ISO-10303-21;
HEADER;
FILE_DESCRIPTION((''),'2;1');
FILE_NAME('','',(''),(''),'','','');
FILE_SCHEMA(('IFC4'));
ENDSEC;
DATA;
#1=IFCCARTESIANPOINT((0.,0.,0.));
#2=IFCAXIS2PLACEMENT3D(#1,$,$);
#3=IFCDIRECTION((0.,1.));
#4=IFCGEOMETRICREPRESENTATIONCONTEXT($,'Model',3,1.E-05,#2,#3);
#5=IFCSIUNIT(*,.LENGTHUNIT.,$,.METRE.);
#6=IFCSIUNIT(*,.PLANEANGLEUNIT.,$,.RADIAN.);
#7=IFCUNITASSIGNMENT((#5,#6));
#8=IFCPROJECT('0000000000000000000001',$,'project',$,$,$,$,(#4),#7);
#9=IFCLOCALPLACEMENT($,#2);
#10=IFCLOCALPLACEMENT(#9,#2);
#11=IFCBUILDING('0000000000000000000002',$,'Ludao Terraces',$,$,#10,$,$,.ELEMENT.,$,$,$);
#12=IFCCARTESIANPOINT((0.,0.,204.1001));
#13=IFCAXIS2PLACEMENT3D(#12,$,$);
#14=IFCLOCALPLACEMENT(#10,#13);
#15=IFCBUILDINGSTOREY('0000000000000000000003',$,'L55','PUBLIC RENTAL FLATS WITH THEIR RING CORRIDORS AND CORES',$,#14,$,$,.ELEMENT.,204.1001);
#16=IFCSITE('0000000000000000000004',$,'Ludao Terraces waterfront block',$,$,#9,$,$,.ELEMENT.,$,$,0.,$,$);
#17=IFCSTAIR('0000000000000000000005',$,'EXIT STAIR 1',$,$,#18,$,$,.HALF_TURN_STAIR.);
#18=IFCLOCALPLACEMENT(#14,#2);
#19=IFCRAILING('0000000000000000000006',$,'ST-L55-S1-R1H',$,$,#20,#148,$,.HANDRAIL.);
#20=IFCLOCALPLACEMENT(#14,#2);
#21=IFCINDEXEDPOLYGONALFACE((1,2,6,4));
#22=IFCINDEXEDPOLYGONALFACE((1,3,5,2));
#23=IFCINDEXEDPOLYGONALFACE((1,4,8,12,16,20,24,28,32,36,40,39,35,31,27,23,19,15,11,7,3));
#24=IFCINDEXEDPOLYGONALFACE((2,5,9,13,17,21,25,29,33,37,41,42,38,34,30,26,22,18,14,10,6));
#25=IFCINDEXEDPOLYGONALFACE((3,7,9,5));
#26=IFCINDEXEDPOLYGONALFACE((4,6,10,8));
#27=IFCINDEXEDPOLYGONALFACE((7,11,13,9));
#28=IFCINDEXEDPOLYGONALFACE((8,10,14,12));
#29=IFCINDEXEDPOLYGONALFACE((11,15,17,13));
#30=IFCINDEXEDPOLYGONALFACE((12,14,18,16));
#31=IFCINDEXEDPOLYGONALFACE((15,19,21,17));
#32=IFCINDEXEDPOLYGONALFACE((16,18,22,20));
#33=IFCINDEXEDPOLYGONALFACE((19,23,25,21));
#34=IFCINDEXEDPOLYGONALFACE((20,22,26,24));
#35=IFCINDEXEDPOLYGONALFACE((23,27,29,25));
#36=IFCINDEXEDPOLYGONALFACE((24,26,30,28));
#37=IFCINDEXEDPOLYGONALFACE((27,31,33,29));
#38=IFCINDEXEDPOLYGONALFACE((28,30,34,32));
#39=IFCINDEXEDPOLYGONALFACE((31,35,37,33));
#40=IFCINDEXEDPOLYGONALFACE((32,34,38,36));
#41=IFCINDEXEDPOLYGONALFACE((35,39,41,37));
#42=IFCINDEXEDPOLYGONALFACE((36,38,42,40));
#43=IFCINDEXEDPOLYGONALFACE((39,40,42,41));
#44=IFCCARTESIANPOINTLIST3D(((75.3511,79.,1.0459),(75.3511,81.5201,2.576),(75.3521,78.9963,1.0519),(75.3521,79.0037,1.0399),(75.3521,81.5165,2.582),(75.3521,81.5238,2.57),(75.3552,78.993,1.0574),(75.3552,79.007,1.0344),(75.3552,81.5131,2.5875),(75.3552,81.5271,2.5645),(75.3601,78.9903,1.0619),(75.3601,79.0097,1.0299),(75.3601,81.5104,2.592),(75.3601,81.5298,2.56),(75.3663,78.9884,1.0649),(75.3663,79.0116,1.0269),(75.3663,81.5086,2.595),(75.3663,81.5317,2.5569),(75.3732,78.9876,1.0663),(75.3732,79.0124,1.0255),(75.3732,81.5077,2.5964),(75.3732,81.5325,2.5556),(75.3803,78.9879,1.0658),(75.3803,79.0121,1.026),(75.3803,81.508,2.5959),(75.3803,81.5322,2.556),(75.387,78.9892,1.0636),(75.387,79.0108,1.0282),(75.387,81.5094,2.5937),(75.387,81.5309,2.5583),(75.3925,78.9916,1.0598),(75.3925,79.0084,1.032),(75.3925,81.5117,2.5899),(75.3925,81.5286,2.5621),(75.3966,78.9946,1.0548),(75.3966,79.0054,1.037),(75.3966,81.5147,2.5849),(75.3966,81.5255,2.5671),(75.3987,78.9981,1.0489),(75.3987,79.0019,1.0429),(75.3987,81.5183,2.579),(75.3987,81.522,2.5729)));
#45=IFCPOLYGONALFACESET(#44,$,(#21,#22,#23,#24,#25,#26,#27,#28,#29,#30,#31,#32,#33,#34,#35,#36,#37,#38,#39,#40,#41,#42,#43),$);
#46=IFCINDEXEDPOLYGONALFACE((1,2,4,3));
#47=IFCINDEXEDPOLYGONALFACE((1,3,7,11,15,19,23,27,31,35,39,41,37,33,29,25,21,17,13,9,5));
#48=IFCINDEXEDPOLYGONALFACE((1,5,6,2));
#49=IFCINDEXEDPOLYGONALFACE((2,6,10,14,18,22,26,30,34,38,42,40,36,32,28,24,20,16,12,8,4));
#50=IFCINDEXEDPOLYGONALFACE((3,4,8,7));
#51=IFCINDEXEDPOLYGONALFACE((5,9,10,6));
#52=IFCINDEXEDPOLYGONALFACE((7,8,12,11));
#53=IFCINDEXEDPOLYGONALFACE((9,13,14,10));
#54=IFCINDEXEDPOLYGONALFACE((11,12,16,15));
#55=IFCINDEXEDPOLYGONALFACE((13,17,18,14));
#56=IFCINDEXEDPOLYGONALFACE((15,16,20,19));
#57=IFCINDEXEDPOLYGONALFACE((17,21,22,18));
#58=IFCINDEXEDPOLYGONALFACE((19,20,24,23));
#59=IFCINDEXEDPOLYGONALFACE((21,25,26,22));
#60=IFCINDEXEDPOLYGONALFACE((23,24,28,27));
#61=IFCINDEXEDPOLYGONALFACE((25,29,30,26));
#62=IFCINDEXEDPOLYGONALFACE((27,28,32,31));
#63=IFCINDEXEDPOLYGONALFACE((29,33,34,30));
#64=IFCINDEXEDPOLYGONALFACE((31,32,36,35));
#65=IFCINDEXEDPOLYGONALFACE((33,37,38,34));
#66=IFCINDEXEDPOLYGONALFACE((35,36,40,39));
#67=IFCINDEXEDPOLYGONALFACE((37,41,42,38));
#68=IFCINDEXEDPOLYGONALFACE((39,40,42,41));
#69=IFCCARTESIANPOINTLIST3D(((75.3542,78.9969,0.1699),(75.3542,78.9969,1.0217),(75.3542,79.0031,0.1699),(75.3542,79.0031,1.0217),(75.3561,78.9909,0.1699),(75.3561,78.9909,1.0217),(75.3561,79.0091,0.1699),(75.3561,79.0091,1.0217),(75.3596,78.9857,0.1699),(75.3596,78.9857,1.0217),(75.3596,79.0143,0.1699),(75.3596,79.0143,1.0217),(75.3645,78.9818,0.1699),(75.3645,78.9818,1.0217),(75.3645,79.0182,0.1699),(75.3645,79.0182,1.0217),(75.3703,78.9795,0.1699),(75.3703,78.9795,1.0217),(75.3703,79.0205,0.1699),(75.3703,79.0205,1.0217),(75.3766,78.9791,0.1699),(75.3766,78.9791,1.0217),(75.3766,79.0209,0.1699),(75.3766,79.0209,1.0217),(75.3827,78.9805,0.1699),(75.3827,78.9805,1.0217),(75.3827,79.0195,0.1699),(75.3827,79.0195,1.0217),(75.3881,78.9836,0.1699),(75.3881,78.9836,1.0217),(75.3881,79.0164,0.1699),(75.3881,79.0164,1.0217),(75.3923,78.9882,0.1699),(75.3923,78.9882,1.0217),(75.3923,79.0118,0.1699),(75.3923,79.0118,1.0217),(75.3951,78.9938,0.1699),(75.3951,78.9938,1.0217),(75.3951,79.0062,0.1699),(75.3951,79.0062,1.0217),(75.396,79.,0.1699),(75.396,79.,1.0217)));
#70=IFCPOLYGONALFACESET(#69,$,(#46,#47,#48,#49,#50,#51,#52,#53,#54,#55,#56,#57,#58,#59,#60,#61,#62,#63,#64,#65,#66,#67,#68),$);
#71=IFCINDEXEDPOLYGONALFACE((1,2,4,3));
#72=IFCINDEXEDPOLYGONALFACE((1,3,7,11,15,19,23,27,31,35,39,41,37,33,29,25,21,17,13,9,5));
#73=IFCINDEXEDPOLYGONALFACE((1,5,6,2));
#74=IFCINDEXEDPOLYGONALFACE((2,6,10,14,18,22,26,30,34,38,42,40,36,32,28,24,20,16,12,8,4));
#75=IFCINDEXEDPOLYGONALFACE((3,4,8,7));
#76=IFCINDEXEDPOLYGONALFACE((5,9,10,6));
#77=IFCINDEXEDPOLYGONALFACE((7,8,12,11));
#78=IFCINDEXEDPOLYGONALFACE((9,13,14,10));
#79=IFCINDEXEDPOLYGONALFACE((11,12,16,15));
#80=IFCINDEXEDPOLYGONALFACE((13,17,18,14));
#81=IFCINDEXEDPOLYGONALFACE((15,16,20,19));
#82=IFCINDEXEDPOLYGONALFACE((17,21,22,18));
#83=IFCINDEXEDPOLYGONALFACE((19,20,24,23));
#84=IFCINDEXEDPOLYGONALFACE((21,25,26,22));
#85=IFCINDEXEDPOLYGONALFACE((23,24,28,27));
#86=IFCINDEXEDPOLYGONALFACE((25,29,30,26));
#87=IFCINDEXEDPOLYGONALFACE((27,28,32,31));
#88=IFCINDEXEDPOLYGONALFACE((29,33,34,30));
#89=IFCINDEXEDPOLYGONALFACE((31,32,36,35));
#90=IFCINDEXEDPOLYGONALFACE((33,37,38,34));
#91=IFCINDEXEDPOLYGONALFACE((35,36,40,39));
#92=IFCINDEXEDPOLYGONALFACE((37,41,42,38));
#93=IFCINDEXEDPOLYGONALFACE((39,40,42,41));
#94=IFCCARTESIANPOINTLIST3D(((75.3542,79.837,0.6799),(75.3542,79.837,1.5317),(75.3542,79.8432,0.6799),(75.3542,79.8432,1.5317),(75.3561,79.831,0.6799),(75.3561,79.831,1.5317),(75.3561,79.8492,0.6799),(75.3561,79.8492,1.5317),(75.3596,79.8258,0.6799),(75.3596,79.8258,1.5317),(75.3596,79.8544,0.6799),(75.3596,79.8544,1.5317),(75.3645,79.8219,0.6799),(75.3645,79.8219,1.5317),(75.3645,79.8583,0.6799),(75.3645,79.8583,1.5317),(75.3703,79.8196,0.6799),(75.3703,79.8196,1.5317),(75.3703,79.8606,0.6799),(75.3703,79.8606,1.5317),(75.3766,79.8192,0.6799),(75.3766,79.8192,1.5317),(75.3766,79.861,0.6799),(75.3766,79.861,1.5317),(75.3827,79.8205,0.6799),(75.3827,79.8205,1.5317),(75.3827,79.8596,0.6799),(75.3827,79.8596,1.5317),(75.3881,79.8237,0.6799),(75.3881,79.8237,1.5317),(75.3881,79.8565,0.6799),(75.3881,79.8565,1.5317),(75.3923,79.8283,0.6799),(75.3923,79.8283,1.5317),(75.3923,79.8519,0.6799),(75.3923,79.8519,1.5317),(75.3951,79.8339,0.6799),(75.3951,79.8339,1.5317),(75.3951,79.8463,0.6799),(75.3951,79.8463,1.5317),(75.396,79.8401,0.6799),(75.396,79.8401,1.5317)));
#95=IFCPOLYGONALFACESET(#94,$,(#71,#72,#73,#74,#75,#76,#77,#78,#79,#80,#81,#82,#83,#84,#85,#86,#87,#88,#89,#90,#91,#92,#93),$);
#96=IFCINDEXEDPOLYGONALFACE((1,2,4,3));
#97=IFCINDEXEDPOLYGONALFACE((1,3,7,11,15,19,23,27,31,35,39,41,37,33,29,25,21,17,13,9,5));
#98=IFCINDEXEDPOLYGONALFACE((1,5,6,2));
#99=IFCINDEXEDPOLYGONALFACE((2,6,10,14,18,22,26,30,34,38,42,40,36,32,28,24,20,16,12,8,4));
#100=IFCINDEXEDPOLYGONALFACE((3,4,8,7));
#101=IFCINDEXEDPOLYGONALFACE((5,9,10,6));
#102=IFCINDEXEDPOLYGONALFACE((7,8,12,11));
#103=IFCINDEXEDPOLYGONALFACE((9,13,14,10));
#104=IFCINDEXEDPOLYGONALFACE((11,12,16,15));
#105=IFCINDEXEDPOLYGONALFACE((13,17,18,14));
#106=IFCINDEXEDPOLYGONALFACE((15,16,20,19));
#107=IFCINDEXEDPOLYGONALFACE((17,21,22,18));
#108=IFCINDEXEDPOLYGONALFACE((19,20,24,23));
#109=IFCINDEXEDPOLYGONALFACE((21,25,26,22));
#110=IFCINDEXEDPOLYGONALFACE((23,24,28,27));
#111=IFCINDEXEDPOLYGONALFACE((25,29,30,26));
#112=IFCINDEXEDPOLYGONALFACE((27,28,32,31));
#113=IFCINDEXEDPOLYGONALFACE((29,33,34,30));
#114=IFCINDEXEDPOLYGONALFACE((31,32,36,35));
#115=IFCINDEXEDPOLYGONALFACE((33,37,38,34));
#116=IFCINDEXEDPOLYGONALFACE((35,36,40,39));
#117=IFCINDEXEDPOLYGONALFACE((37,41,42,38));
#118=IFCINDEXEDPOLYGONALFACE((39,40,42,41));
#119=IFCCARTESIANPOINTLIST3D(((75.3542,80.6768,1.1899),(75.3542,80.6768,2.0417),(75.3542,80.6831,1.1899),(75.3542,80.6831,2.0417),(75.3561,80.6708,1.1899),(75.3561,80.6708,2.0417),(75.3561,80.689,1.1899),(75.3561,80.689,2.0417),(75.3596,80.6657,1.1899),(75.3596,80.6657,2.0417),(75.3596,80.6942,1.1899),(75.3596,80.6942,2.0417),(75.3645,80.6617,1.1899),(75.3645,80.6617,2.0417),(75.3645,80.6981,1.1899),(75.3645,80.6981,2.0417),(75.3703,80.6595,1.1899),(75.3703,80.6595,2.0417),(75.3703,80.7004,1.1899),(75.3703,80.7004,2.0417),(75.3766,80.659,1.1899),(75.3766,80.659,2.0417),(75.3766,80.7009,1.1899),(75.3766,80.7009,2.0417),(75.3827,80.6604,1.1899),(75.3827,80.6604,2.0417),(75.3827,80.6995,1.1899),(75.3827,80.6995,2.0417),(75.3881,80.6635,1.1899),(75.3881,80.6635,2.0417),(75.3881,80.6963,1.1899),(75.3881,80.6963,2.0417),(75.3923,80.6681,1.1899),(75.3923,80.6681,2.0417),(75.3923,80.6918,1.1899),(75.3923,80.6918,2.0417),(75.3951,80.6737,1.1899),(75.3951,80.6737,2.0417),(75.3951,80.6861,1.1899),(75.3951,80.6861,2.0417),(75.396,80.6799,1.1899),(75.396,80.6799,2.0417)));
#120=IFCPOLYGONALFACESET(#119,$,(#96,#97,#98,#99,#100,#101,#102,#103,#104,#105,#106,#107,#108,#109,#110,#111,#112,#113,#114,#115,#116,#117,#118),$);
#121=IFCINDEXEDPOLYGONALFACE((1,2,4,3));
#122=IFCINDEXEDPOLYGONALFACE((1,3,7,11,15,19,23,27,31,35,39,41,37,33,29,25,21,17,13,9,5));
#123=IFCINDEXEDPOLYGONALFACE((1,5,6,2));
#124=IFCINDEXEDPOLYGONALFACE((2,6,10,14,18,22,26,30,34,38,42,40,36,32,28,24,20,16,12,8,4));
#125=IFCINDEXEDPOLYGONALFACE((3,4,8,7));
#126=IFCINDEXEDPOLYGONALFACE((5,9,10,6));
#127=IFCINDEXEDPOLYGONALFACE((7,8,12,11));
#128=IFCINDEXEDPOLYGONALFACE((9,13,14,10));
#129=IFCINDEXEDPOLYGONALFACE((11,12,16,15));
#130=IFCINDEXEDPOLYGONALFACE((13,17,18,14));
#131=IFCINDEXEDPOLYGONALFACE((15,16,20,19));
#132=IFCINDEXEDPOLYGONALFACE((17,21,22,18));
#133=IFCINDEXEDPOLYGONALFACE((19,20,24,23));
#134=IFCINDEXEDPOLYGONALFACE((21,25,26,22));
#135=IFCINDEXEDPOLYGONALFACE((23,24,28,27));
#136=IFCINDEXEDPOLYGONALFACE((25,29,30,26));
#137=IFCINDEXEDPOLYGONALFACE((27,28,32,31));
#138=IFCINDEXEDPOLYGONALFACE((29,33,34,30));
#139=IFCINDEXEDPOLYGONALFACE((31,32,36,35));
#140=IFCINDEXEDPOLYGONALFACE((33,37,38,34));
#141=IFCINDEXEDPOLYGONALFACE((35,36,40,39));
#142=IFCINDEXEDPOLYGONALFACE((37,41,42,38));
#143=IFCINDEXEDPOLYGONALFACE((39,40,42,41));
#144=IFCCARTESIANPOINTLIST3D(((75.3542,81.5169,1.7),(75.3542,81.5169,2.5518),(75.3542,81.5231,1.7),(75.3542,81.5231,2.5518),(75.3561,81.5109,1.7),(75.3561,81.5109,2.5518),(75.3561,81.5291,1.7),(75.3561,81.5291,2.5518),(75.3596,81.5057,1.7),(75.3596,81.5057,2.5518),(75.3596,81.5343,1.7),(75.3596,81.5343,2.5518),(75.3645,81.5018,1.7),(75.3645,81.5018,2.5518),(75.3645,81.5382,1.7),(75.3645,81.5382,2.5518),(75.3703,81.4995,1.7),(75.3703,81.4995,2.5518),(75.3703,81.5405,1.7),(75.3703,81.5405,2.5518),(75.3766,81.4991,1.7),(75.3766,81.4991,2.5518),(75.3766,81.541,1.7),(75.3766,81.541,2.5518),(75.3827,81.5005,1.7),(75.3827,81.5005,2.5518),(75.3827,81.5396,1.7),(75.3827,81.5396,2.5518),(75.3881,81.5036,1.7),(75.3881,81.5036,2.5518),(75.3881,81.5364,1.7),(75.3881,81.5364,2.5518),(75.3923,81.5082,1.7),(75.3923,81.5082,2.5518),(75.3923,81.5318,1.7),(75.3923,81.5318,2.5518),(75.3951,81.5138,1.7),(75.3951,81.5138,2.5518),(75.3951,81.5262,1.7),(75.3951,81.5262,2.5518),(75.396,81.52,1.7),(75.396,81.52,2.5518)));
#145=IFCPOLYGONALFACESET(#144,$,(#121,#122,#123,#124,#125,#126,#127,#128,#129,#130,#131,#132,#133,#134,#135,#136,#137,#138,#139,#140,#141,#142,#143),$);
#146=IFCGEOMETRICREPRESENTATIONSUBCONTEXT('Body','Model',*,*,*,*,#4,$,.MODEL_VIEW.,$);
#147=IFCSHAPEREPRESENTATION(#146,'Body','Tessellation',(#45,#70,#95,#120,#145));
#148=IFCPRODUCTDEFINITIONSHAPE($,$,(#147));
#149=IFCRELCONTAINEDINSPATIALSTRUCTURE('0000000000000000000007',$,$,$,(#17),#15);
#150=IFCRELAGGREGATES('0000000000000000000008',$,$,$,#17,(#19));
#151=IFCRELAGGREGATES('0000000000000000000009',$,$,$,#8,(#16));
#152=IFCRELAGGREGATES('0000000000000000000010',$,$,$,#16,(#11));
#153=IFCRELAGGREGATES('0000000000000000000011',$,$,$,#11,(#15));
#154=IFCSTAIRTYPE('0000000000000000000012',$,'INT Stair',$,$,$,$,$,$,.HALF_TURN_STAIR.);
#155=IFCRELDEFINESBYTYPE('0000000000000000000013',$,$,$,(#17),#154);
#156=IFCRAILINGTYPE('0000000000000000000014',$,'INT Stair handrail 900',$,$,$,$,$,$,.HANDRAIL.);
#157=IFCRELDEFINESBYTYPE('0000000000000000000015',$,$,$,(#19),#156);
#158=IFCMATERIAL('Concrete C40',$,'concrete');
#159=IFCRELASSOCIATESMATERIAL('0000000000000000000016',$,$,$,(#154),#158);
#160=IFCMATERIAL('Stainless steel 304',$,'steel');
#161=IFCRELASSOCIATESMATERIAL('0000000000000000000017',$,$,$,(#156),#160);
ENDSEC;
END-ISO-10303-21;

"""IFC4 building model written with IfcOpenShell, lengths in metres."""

from ifc_helpers import new_model, si_unit, direction, frame, origin, origin_2d, place, context, subcontext, project, spatial, circle, extrude, material, type_object, element, aggregate, save


model = new_model("IFC4")

# Units and contexts
model_context = context("Model", 3, precision=1e-05, world=origin(), true_north=direction((0.0, 1.0)))
body_context = subcontext(model_context, "Body", "Model", "MODEL_VIEW")
ifc_project = project(units=[si_unit("LENGTHUNIT", "METRE"), si_unit("PLANEANGLEUNIT", "RADIAN")], contexts=[model_context])

# Site, building, storey
site_placement = place(None, origin())
site = spatial("IfcSite", under=ifc_project, at=site_placement, Name="Ludao Terraces waterfront block", CompositionType="ELEMENT", RefElevation=0.0)
building_placement = place(site_placement, origin())
building = spatial("IfcBuilding", under=site, at=building_placement, Name="Ludao Terraces", CompositionType="ELEMENT")
storey_placement = place(building_placement, frame((0.0, 0.0, 204.1001)))
storey = spatial("IfcBuildingStorey", under=building, at=storey_placement, Name="L55", Description="PUBLIC RENTAL FLATS WITH THEIR RING CORRIDORS AND CORES", CompositionType="ELEMENT", Elevation=204.1001)

# Shared definitions
ifc_material_1 = material(Name="Concrete C40", Category="concrete")

# Stair, railing
stair_type = type_object("IfcStairType", Name="INT Stair", PredefinedType="HALF_TURN_STAIR", material=ifc_material_1)
stair_placement = place(storey_placement, origin())
stair = element("IfcStair", 1, at=stair_placement, inside=storey, type_object=stair_type, Name="EXIT STAIR 1", PredefinedType="HALF_TURN_STAIR")
ifc_material_2 = material(Name="Stainless steel 304", Category="steel")
railing_type_1 = type_object("IfcRailingType", Name="INT Stair handrail 900", PredefinedType="HANDRAIL", material=ifc_material_2)
railing_1_placement = place(storey_placement, frame((75.375, 79.0, 0.1699)))
railing_1 = element("IfcRailing", 2, at=railing_1_placement, type_object=railing_type_1, Name="ST-L55-S1-R1H", PredefinedType="HANDRAIL", context=body_context, shape_type="SweptSolid", body=[
    extrude(circle(Radius=0.0239, at=origin_2d()), frame((0.0, 0.0, 0.876), z_axis=(0.0, 0.854785, 0.518982), x_axis=(-1.0, 0.0, 0.0)), (0.0, 0.0, 1.0), 2.9482),
    extrude(circle(Radius=0.021, at=origin_2d()), origin(), (0.0, 0.0, 1.0), 0.8518),
    extrude(circle(Radius=0.021, at=origin_2d()), frame((0.0, 0.8401, 0.51)), (0.0, 0.0, 1.0), 0.8518),
    extrude(circle(Radius=0.021, at=origin_2d()), frame((0.0, 1.6799, 1.02)), (0.0, 0.0, 1.0), 0.8518),
    extrude(circle(Radius=0.021, at=origin_2d()), frame((0.0, 2.52, 1.53)), (0.0, 0.0, 1.0), 0.8518),
])
aggregate(stair, [railing_1])

save(model, "model.ifc")
